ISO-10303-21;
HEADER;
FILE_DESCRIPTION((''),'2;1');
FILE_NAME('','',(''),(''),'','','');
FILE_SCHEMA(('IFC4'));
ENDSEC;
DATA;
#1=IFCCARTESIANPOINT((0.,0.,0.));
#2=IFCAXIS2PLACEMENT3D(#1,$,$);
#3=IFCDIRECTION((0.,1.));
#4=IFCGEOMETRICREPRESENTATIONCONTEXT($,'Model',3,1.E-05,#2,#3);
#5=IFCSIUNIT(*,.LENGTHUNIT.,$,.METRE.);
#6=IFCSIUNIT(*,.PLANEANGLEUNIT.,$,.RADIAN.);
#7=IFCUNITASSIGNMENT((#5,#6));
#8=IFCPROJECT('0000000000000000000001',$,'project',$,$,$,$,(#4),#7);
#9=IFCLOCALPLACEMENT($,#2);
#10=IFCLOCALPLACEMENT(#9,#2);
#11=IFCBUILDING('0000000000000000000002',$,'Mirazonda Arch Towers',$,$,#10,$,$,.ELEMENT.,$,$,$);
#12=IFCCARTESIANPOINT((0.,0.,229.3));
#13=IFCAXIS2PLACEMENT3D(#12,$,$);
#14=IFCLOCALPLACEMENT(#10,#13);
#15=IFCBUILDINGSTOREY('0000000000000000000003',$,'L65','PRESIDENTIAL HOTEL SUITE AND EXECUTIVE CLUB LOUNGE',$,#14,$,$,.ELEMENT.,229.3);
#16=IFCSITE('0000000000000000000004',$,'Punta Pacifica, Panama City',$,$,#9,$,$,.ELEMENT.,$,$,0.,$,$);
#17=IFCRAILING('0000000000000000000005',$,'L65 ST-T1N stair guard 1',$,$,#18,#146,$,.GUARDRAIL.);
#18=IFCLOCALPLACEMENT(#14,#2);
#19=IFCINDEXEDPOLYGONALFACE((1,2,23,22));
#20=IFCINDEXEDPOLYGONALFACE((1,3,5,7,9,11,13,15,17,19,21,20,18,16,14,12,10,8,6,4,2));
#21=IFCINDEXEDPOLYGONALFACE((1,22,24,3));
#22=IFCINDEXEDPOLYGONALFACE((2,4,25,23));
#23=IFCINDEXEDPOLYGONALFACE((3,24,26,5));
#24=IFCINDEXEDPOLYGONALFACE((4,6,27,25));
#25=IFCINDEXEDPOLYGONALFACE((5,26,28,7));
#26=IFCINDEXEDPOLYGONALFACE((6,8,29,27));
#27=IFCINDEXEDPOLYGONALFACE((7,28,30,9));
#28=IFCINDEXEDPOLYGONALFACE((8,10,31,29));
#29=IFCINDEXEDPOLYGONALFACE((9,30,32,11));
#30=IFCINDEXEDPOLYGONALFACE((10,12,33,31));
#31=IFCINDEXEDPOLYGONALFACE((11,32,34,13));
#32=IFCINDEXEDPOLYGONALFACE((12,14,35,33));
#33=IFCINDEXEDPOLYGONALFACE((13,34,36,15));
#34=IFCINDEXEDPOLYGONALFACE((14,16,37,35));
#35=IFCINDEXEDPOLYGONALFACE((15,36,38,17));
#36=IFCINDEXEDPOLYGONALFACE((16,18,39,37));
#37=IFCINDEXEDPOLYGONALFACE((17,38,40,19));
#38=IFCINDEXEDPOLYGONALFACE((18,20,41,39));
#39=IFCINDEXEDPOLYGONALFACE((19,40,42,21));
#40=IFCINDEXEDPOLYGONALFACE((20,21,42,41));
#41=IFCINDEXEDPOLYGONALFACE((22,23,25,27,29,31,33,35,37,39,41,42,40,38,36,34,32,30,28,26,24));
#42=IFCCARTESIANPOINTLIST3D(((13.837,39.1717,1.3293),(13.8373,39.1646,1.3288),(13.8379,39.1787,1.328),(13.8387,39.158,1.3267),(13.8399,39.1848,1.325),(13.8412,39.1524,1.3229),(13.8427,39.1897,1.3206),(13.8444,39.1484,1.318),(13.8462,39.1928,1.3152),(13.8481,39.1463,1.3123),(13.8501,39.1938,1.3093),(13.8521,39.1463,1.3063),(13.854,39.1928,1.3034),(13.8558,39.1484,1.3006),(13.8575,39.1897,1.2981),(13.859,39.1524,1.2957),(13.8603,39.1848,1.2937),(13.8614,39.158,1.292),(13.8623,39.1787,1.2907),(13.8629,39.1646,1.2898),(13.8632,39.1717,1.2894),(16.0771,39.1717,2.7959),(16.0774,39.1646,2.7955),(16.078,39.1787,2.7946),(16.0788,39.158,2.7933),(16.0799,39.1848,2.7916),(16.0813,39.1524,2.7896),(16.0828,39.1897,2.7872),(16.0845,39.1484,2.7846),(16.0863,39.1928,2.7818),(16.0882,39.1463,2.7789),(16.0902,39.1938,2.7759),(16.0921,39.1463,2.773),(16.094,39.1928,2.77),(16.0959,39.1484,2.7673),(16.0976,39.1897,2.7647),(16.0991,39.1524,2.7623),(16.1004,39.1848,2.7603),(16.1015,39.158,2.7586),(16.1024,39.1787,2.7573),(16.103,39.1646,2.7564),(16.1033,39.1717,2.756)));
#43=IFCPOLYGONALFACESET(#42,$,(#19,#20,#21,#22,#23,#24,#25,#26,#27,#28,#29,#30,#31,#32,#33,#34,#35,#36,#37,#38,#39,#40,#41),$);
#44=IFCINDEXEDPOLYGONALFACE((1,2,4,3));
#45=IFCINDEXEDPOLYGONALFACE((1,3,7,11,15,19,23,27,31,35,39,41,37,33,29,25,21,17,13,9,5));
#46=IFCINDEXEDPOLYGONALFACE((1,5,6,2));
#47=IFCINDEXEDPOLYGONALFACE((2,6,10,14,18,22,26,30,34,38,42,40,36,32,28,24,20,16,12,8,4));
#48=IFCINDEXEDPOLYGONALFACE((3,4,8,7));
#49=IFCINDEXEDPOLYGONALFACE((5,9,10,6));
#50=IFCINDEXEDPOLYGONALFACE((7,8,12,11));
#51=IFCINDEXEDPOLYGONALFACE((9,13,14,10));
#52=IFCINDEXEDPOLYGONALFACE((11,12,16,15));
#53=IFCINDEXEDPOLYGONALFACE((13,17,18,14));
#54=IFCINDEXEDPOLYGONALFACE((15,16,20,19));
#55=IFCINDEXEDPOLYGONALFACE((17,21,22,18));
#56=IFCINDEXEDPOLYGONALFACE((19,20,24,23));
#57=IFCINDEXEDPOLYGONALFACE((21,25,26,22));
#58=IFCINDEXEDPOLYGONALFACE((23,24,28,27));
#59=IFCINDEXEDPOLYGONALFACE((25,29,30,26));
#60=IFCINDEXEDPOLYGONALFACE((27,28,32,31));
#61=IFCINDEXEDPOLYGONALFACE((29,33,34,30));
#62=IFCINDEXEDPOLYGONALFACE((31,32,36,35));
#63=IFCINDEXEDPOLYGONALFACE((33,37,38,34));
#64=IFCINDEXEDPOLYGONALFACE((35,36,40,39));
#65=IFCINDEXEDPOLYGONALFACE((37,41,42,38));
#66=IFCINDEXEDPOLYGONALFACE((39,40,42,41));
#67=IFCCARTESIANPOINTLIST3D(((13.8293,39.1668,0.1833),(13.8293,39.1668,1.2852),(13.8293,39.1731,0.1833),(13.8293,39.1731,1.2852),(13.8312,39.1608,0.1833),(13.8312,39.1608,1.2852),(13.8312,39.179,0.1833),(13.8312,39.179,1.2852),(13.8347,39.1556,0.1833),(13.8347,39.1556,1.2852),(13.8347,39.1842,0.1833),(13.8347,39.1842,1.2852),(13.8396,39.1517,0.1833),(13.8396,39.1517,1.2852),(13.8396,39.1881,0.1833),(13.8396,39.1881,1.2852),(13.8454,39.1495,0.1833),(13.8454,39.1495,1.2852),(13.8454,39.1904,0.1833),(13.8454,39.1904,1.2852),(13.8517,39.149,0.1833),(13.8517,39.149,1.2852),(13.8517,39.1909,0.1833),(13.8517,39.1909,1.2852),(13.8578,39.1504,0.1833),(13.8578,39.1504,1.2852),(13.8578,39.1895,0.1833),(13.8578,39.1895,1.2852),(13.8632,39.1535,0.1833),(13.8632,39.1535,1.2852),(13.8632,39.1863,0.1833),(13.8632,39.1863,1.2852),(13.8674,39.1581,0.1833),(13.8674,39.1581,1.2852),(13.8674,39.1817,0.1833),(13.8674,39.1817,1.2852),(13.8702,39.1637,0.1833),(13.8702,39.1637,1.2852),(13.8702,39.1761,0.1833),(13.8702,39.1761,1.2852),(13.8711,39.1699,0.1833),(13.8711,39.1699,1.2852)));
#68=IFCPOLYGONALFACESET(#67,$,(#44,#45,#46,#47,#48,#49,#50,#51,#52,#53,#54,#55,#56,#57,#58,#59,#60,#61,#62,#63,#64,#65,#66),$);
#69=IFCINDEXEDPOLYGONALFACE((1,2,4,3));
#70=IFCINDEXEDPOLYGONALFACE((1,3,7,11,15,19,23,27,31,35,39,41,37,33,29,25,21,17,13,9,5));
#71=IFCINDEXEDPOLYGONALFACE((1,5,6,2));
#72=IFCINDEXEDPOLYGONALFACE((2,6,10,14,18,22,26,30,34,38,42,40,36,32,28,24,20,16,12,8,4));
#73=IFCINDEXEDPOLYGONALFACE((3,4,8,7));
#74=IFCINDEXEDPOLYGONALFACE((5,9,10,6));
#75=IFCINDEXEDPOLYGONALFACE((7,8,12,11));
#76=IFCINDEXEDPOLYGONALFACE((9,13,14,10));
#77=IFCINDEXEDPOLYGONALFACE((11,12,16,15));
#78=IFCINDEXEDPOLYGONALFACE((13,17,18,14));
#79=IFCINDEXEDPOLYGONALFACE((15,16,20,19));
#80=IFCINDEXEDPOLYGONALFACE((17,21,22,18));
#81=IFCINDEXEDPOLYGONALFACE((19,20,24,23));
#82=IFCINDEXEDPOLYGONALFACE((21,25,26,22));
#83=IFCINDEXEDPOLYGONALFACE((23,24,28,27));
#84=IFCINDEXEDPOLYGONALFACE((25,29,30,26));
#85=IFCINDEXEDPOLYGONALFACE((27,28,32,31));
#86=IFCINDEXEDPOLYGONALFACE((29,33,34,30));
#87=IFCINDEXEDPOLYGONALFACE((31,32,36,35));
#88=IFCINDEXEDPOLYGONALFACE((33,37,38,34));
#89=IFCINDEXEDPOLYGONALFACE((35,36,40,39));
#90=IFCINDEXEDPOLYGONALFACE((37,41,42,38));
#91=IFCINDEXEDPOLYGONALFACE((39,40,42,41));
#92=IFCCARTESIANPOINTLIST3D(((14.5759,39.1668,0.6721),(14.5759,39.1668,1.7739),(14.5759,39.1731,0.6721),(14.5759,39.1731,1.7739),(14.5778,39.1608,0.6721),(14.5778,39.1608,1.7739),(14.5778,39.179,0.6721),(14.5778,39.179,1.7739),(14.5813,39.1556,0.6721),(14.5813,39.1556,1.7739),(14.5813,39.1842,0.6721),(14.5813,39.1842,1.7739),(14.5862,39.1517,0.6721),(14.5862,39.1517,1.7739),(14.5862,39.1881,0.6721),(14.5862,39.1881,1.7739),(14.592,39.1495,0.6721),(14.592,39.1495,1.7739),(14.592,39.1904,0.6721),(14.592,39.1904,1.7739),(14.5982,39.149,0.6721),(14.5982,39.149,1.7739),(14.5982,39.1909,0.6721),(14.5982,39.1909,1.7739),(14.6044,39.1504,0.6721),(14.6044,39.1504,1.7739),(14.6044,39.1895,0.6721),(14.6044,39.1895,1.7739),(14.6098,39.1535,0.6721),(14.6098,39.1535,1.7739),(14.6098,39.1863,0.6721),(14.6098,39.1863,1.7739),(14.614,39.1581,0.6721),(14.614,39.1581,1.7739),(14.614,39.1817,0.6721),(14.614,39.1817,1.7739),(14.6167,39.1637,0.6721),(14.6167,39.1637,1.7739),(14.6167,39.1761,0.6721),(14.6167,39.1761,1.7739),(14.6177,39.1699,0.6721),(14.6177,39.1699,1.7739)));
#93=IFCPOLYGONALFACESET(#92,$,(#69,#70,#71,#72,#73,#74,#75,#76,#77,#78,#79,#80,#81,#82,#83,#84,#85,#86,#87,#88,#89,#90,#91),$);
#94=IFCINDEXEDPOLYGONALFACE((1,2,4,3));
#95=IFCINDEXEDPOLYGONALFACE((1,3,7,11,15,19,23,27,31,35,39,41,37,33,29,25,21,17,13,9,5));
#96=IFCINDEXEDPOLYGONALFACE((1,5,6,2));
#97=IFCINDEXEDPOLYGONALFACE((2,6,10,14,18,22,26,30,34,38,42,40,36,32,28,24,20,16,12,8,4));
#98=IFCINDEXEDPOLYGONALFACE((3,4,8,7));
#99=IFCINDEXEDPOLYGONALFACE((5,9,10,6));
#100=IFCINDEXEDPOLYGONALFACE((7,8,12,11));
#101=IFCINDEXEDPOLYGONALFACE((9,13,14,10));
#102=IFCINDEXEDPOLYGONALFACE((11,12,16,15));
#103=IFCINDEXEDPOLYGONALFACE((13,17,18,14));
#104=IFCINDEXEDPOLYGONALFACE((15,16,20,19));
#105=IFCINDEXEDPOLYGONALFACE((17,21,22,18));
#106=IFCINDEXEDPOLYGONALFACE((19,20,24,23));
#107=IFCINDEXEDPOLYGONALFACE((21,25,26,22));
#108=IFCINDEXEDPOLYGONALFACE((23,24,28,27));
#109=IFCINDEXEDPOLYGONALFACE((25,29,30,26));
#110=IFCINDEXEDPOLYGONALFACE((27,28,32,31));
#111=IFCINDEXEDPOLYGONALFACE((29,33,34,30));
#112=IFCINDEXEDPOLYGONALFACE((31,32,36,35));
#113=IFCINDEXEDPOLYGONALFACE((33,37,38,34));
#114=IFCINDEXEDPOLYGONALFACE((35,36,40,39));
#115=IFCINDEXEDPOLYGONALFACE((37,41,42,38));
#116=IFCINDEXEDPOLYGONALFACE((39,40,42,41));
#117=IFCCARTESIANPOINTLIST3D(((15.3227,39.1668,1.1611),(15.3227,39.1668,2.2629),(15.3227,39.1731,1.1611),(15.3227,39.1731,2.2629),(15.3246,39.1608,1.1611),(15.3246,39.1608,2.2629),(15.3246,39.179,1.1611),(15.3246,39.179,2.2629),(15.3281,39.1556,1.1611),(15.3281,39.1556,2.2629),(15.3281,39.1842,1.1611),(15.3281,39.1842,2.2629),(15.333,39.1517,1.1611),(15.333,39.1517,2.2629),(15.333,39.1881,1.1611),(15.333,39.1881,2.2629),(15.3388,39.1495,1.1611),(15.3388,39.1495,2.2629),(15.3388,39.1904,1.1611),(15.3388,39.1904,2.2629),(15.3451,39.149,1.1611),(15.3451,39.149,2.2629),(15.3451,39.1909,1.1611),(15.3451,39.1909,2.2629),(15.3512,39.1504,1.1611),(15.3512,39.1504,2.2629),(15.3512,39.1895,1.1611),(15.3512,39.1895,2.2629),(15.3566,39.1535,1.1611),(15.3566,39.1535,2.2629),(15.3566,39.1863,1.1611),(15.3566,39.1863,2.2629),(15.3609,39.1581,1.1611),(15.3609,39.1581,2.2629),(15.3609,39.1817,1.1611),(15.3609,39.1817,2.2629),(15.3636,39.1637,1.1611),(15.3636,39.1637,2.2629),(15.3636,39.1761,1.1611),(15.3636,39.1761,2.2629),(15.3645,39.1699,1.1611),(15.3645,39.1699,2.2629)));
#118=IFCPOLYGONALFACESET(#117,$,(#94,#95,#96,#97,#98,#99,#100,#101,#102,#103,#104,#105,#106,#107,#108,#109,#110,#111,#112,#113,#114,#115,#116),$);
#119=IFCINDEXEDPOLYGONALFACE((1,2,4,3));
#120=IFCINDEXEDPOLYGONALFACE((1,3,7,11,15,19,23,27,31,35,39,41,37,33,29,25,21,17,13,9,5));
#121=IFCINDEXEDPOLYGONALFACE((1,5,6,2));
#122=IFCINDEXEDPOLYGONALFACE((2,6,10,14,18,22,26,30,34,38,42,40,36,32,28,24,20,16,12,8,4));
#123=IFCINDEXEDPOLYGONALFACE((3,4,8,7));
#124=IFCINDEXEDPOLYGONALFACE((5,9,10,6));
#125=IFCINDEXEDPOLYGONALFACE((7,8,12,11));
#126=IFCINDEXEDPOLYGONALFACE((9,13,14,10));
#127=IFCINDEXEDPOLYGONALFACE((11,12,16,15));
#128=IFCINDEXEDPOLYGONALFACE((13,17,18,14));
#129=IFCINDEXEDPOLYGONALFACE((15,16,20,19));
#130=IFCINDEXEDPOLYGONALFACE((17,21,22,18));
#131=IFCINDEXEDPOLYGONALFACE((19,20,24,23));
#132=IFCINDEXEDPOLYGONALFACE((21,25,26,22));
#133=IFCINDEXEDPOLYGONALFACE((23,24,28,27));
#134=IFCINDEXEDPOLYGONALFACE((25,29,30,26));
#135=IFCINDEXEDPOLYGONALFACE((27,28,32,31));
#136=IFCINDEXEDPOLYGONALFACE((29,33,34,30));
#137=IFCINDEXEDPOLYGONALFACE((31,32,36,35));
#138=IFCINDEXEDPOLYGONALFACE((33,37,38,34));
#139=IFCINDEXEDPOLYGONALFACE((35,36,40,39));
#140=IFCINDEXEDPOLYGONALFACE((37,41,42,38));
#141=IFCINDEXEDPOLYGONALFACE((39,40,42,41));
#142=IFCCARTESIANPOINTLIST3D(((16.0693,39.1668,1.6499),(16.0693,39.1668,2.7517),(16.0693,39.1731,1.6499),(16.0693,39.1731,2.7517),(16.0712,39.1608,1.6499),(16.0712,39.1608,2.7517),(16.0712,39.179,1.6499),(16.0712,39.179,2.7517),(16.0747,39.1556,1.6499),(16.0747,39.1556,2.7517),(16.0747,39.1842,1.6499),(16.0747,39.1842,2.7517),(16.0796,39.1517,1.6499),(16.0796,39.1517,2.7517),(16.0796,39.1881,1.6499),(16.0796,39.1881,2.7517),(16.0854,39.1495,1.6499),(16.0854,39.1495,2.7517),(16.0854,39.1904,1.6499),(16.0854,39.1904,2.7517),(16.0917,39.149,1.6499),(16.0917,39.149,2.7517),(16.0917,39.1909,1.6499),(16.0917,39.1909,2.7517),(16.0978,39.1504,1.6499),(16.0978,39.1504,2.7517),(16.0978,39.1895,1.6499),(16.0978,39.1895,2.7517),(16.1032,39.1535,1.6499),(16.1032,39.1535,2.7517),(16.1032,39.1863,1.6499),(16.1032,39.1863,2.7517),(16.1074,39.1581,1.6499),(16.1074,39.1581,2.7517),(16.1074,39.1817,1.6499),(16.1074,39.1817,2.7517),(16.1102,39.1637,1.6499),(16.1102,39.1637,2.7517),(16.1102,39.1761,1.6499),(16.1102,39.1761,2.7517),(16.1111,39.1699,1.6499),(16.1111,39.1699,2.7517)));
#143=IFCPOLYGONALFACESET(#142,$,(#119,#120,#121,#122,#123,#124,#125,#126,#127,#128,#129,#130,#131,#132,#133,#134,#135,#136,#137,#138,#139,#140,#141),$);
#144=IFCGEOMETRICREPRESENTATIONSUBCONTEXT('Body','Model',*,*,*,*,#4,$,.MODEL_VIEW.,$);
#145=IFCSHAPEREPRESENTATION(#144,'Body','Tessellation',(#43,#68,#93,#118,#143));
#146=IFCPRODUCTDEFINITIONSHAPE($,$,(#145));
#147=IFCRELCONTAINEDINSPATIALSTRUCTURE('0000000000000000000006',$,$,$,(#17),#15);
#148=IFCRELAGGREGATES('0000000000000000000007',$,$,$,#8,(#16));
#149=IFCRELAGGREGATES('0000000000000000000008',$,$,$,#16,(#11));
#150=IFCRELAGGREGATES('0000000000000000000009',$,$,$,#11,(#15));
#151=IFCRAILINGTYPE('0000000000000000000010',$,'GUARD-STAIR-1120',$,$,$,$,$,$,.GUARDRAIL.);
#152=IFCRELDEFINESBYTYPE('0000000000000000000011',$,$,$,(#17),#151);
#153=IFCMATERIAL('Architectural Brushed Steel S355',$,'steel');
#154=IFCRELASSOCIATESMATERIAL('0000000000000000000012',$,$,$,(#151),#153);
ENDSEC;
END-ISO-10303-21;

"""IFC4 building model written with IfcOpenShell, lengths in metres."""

from ifc_helpers import new_model, si_unit, direction, frame, origin, origin_2d, place, context, subcontext, project, spatial, circle, extrude, material, type_object, element, save


model = new_model("IFC4")

# Units and contexts
model_context = context("Model", 3, precision=1e-05, world=origin(), true_north=direction((0.0, 1.0)))
body_context = subcontext(model_context, "Body", "Model", "MODEL_VIEW")
ifc_project = project(units=[si_unit("LENGTHUNIT", "METRE"), si_unit("PLANEANGLEUNIT", "RADIAN")], contexts=[model_context])

# Site, building, storey
site_placement = place(None, origin())
site = spatial("IfcSite", under=ifc_project, at=site_placement, Name="Punta Pacifica, Panama City", CompositionType="ELEMENT", RefElevation=0.0)
building_placement = place(site_placement, origin())
building = spatial("IfcBuilding", under=site, at=building_placement, Name="Mirazonda Arch Towers", CompositionType="ELEMENT")
storey_placement = place(building_placement, frame((0.0, 0.0, 229.3)))
storey = spatial("IfcBuildingStorey", under=building, at=storey_placement, Name="L65", Description="PRESIDENTIAL HOTEL SUITE AND EXECUTIVE CLUB LOUNGE", CompositionType="ELEMENT", Elevation=229.3)

# Shared definitions
ifc_material_1 = material(Name="Architectural Brushed Steel S355", Category="steel")

# Railing
railing_type_1 = type_object("IfcRailingType", Name="GUARD-STAIR-1120", PredefinedType="GUARDRAIL", material=ifc_material_1)
railing_1_placement = place(storey_placement, frame((13.8501, 39.1699, 0.1833)))
element("IfcRailing", 1, at=railing_1_placement, inside=storey, type_object=railing_type_1, Name="L65 ST-T1N stair guard 1", PredefinedType="GUARDRAIL", context=body_context, shape_type="SweptSolid", body=[
    extrude(circle(Radius=0.0239, at=origin_2d()), frame((0.0, 0.0, 1.126), z_axis=(0.836637, 0.0, 0.547758), x_axis=(0.0, 1.0, 0.0)), (0.0, 0.0, 1.0), 2.6775),
    extrude(circle(Radius=0.021, at=origin_2d()), origin(), (0.0, 0.0, 1.0), 1.1018),
    extrude(circle(Radius=0.021, at=origin_2d()), frame((0.7466, 0.0, 0.4888)), (0.0, 0.0, 1.0), 1.1018),
    extrude(circle(Radius=0.021, at=origin_2d()), frame((1.4934, 0.0, 0.9778)), (0.0, 0.0, 1.0), 1.1018),
    extrude(circle(Radius=0.021, at=origin_2d()), frame((2.24, 0.0, 1.4666)), (0.0, 0.0, 1.0), 1.1018),
])

save(model, "model.ifc")
